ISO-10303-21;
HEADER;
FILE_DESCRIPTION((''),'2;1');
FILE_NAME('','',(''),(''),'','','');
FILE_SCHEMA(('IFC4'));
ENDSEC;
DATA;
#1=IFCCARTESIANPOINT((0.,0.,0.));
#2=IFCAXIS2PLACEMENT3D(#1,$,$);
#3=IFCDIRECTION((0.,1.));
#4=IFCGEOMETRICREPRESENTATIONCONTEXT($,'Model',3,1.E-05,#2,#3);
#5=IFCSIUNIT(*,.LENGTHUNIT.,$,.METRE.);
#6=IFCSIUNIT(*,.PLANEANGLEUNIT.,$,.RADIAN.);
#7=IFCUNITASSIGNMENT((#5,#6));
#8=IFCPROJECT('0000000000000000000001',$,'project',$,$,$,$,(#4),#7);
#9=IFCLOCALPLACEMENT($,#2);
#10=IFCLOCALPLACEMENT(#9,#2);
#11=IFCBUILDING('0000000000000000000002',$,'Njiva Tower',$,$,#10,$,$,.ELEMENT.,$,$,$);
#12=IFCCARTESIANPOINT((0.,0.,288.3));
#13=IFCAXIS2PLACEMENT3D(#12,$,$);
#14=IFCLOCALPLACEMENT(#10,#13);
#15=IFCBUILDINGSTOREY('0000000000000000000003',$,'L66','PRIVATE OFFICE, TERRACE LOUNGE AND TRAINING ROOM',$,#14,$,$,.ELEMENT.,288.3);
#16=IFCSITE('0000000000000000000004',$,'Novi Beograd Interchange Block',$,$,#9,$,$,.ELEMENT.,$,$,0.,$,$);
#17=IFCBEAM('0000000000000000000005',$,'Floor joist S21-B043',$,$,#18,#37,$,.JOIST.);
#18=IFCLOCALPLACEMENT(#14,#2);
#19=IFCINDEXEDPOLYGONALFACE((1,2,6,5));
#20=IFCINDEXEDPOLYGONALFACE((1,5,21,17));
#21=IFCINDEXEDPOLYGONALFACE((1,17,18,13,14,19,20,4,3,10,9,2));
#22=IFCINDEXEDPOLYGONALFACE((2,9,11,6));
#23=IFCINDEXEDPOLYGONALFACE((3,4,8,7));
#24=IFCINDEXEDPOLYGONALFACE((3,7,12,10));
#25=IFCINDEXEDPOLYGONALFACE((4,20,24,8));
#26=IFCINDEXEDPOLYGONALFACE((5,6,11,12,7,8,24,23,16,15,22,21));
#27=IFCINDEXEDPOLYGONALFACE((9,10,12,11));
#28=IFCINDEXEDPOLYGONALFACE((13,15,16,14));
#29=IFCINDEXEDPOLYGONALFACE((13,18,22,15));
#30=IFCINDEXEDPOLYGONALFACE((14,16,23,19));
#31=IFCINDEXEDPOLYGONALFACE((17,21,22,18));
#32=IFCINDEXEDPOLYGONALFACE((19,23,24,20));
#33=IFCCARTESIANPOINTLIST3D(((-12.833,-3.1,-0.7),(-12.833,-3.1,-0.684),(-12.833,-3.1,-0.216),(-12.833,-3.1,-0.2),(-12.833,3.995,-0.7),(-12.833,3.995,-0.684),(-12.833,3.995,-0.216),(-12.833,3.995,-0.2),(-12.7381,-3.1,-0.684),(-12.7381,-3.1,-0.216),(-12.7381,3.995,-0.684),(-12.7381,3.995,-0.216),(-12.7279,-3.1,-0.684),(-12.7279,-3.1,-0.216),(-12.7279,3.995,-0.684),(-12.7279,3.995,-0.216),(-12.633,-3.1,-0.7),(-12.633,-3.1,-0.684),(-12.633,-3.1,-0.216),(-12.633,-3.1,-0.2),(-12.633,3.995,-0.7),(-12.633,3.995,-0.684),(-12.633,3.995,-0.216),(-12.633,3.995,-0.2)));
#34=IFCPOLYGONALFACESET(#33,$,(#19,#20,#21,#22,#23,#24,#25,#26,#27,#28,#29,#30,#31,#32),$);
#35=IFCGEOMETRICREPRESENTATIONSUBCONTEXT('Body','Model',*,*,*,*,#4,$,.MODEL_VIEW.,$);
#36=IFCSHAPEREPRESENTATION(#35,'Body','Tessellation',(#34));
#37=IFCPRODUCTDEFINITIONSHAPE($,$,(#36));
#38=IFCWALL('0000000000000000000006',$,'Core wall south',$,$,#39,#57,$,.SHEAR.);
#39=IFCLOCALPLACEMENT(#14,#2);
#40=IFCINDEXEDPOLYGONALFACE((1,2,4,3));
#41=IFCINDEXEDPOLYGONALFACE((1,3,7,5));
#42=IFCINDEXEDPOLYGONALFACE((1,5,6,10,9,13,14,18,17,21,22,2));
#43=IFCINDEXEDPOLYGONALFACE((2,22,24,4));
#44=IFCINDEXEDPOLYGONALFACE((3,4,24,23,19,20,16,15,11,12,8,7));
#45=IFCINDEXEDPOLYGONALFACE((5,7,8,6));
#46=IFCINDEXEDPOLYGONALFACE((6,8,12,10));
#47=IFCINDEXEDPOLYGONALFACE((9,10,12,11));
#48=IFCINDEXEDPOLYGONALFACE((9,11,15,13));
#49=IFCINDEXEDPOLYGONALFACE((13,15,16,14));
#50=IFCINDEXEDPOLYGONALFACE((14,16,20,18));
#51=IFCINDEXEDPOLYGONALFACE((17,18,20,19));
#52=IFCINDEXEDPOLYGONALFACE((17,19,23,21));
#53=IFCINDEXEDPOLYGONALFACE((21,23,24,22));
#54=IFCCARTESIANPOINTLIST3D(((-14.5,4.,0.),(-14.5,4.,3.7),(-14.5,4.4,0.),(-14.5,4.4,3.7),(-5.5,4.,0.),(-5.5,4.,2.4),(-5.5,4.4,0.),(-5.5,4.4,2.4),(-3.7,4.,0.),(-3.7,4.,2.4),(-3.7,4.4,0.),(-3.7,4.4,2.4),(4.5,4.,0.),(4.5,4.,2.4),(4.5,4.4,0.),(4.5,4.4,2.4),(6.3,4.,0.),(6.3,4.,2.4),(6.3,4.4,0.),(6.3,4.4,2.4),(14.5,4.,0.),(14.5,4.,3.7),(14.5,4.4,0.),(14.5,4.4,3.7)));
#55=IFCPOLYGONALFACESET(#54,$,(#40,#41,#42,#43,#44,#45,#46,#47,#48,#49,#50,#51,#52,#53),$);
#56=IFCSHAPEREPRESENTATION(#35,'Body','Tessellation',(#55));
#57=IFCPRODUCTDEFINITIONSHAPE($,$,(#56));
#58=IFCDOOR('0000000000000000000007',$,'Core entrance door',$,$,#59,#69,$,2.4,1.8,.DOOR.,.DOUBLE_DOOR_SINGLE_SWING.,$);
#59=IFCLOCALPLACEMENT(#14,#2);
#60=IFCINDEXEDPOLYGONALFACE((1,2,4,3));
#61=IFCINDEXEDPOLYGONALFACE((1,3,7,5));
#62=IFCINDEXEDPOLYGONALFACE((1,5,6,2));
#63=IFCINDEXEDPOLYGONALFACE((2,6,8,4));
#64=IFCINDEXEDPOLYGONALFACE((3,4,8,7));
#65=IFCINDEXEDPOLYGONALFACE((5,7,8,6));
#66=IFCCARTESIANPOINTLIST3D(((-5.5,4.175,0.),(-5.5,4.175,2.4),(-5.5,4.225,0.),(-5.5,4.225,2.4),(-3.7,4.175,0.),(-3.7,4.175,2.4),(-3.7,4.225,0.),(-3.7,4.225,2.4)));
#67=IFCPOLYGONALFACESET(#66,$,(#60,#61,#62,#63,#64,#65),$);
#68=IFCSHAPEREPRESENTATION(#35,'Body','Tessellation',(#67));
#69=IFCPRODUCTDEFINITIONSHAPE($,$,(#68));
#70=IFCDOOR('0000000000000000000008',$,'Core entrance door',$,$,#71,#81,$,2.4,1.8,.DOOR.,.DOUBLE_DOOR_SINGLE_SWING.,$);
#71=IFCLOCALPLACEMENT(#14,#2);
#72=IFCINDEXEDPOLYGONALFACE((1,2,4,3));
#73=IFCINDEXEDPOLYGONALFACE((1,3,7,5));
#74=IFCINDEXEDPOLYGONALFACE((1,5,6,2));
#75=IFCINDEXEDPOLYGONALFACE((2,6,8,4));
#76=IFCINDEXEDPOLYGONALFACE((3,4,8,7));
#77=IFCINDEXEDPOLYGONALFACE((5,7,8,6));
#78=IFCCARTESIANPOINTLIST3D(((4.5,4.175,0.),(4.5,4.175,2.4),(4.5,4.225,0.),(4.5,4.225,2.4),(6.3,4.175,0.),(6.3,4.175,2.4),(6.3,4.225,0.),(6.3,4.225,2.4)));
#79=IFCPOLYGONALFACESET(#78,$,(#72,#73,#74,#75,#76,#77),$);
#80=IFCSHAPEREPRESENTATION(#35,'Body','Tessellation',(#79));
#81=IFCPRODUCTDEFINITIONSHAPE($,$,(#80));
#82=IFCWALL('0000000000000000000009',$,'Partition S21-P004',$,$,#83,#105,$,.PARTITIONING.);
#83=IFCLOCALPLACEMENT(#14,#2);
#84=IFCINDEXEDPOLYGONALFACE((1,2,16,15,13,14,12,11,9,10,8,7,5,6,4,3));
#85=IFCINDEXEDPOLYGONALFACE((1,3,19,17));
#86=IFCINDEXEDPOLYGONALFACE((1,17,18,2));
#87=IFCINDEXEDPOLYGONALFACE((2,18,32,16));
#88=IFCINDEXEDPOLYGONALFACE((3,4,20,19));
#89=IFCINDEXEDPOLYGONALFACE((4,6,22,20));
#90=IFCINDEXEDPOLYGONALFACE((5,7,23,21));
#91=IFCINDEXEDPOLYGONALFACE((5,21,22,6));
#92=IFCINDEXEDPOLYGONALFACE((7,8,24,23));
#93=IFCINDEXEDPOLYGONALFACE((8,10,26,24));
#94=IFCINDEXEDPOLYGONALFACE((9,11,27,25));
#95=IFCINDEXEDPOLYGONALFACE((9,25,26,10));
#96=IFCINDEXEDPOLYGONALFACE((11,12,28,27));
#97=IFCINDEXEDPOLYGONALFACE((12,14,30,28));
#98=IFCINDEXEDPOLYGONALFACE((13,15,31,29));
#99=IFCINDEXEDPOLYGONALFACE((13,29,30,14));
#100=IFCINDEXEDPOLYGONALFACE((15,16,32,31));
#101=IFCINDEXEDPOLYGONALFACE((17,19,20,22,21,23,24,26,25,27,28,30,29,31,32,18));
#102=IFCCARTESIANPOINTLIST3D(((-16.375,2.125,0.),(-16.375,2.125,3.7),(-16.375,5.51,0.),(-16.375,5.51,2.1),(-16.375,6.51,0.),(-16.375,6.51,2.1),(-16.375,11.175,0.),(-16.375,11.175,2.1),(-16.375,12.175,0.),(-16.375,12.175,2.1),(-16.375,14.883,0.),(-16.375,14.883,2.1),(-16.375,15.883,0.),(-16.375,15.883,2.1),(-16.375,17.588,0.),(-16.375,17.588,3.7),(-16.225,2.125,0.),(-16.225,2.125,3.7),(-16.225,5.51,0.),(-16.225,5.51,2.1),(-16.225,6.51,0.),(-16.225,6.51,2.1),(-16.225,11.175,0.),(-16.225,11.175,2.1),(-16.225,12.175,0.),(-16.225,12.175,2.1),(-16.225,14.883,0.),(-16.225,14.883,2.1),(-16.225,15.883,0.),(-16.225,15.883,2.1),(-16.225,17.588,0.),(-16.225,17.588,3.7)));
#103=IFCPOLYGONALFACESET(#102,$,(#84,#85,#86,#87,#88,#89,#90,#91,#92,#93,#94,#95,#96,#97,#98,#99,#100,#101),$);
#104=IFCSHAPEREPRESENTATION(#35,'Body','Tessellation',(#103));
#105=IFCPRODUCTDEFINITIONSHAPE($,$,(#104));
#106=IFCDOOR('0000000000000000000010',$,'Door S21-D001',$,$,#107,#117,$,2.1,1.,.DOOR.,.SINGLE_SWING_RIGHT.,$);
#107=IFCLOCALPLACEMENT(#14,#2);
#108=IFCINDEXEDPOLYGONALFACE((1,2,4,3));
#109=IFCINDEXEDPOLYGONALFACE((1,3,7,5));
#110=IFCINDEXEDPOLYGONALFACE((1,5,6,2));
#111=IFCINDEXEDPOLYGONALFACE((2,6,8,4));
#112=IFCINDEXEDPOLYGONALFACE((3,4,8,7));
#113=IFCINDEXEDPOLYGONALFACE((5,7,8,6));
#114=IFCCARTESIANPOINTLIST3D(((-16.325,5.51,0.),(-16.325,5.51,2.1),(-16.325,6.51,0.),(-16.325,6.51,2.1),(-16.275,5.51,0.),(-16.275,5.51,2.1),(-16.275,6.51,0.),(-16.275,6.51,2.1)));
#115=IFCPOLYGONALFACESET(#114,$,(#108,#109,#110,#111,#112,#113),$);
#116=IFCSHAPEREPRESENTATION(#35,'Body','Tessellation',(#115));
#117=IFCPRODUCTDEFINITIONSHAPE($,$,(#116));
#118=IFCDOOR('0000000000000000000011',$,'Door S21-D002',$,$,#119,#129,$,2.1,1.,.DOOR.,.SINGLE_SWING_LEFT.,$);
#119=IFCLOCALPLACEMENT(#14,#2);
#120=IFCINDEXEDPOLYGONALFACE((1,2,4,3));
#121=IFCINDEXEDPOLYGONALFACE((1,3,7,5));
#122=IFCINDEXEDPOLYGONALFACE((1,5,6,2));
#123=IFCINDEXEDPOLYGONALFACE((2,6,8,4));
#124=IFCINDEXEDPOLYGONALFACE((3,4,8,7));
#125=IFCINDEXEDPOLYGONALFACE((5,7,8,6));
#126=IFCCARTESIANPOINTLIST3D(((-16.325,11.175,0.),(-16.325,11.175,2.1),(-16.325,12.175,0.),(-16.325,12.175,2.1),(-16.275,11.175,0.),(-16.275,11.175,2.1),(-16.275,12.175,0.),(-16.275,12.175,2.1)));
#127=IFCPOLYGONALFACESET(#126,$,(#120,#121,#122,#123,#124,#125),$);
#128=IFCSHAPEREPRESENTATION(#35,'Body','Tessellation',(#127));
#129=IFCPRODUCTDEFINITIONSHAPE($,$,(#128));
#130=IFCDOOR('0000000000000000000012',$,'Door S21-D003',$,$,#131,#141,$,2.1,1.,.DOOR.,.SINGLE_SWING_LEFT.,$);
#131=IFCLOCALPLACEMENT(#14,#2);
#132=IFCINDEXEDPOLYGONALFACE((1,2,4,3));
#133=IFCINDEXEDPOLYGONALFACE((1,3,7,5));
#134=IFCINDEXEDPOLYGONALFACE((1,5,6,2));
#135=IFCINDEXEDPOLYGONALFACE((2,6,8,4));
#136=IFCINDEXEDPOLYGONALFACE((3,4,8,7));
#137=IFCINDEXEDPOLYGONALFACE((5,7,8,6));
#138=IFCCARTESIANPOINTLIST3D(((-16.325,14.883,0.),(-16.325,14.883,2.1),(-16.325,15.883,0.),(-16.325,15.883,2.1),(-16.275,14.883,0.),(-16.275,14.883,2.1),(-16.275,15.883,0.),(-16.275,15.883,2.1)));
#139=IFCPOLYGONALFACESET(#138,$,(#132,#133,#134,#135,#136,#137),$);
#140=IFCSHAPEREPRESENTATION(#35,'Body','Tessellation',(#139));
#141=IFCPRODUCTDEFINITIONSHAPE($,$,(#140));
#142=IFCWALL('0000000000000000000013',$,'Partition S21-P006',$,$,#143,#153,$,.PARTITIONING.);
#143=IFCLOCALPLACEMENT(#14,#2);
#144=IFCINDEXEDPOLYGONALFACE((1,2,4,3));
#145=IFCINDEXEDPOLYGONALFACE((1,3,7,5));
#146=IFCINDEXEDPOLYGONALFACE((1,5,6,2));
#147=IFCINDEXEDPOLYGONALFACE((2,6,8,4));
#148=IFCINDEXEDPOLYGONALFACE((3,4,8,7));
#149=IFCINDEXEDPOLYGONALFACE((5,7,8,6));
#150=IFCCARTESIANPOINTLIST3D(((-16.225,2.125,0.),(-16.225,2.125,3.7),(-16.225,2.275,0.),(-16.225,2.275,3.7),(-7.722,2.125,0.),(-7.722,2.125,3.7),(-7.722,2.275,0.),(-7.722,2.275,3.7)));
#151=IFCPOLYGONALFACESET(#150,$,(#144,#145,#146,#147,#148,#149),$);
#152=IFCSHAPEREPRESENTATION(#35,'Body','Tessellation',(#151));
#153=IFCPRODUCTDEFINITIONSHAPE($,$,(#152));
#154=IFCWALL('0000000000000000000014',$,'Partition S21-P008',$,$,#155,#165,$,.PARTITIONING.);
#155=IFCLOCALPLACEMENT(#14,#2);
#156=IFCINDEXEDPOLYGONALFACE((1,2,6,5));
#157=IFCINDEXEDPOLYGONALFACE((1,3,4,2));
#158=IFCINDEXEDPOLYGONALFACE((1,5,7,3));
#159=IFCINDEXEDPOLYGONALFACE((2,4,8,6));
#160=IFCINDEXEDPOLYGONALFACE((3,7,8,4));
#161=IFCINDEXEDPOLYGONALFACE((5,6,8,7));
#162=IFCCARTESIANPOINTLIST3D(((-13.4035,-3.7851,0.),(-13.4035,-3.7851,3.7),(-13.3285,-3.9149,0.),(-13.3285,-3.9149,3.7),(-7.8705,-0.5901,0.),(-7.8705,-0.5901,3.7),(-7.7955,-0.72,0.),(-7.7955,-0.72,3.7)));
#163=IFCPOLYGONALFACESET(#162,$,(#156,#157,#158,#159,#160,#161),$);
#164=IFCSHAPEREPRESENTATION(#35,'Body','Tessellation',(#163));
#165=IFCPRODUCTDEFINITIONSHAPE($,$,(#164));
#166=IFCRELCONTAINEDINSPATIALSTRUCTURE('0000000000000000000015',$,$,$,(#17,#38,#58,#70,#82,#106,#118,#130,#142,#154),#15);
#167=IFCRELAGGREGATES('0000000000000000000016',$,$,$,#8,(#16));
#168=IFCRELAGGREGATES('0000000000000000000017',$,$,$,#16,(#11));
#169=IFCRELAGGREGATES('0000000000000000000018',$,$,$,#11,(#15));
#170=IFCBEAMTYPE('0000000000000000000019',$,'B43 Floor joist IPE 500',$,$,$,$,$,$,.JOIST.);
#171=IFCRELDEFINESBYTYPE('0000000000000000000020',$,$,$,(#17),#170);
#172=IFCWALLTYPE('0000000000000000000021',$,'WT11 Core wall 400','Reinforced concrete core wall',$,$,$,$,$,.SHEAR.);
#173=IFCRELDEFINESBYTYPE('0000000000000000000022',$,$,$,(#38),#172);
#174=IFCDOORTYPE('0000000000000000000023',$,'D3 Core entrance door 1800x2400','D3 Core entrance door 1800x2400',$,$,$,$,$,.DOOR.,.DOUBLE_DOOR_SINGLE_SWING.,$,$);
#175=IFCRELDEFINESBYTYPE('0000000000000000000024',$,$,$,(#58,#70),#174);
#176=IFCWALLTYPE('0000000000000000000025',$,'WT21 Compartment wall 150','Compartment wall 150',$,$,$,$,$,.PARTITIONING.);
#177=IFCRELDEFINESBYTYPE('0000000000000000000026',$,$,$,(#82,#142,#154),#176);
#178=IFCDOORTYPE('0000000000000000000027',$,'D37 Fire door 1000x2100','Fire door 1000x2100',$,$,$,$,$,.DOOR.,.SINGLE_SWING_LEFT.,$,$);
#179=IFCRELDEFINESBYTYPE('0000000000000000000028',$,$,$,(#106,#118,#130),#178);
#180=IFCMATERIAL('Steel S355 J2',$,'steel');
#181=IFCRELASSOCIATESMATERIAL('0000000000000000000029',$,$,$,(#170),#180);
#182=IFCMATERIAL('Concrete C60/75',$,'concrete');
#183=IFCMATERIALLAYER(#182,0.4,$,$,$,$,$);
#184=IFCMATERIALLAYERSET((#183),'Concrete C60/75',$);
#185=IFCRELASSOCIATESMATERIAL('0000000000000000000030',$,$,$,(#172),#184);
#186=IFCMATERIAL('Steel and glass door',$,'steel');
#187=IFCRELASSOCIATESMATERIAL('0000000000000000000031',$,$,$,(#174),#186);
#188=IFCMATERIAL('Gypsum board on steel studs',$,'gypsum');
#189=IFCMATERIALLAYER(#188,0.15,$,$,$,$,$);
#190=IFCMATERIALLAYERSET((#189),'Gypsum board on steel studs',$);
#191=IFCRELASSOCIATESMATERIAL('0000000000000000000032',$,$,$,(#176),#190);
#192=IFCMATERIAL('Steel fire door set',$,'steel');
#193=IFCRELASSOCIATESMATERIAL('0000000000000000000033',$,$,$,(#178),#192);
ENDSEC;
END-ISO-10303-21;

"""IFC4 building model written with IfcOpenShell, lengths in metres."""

from ifc_helpers import new_model, si_unit, direction, frame, frame_2d, origin, origin_2d, place, context, subcontext, project, spatial, rectangle, i_section, extrude, material, layer, layer_set, material_profile, profile_set, type_object, element, fill, save


model = new_model("IFC4")

# Units and contexts
model_context = context("Model", 3, precision=1e-05, world=origin(), true_north=direction((0.0, 1.0)))
body_context = subcontext(model_context, "Body", "Model", "MODEL_VIEW")
ifc_project = project(units=[si_unit("LENGTHUNIT", "METRE"), si_unit("PLANEANGLEUNIT", "RADIAN")], contexts=[model_context])

# Site, building, storey
site_placement = place(None, origin())
site = spatial("IfcSite", under=ifc_project, at=site_placement, Name="Novi Beograd Interchange Block", CompositionType="ELEMENT", RefElevation=0.0)
building_placement = place(site_placement, origin())
building = spatial("IfcBuilding", under=site, at=building_placement, Name="Njiva Tower", CompositionType="ELEMENT")
storey_placement = place(building_placement, frame((0.0, 0.0, 288.3)))
storey = spatial("IfcBuildingStorey", under=building, at=storey_placement, Name="L66", Description="PRIVATE OFFICE, TERRACE LOUNGE AND TRAINING ROOM", CompositionType="ELEMENT", Elevation=288.3)

# Shared definitions
ifc_material_1 = material(Name="Steel S355 J2", Category="steel")

# Beam
ifc_material_profile_1 = material_profile(ifc_material_1, i_section(OverallWidth=0.2, OverallDepth=0.5, WebThickness=0.0102, FlangeThickness=0.016, at=origin_2d()), Name="IPE 500")
ifc_profile_set_1 = profile_set([ifc_material_profile_1], Name="Steel S355 J2")
beam_type_1 = type_object("IfcBeamType", Name="B43 Floor joist IPE 500", PredefinedType="JOIST", material=ifc_profile_set_1)
beam_1_placement = place(storey_placement, frame((-12.733, 3.995, -0.45), z_axis=(0.0, -1.0, 0.0), x_axis=(1.0, 0.0, 0.0)))
element("IfcBeam", 1, at=beam_1_placement, inside=storey, type_object=beam_type_1, Name="Floor joist S21-B043", PredefinedType="JOIST", context=body_context, shape_type="SweptSolid", body=[
    extrude(i_section(OverallWidth=0.2, OverallDepth=0.5, WebThickness=0.0102, FlangeThickness=0.016, at=origin_2d()), origin(), (0.0, 0.0, 1.0), 7.095),
])

# Walls, openings, doors
ifc_material_2 = material(Name="Concrete C60/75", Category="concrete")
ifc_layer_1 = layer(ifc_material_2, 0.4)
ifc_layer_set_1 = layer_set([ifc_layer_1], Name="Concrete C60/75")
wall_type_1 = type_object("IfcWallType", Name="WT11 Core wall 400", Description="Reinforced concrete core wall", PredefinedType="SHEAR", material=ifc_layer_set_1)
wall_1_placement = place(storey_placement, frame((-14.5, 4.2, 0.0), z_axis=(0.0, 0.0, 1.0), x_axis=(1.0, 0.0, 0.0)))
wall_1 = element("IfcWall", 2, at=wall_1_placement, inside=storey, type_object=wall_type_1, Name="Core wall south", PredefinedType="SHEAR", context=body_context, shape_type="SweptSolid", body=[
    extrude(rectangle(XDim=29.0, YDim=0.4, at=frame_2d((14.5, 0.0))), origin(), (0.0, 0.0, 1.0), 3.7),
])
opening_1_placement = place(wall_1_placement, frame((9.0, 0.0, 0.0)))
opening_1 = element("IfcOpeningElement", 3, at=opening_1_placement, cuts=wall_1, PredefinedType="OPENING", context=body_context, shape_type="SweptSolid", body=[
    extrude(rectangle(XDim=1.8, YDim=2.4, at=frame_2d((0.9, 1.2))), frame((0.0, 0.21, 0.0), z_axis=(0.0, -1.0, 0.0), x_axis=(1.0, 0.0, 0.0)), (0.0, 0.0, 1.0), 0.42),
])
opening_2_placement = place(wall_1_placement, frame((19.0, 0.0, 0.0)))
opening_2 = element("IfcOpeningElement", 4, at=opening_2_placement, cuts=wall_1, PredefinedType="OPENING", context=body_context, shape_type="SweptSolid", body=[
    extrude(rectangle(XDim=1.8, YDim=2.4, at=frame_2d((0.9, 1.2))), frame((0.0, 0.21, 0.0), z_axis=(0.0, -1.0, 0.0), x_axis=(1.0, 0.0, 0.0)), (0.0, 0.0, 1.0), 0.42),
])
ifc_material_3 = material(Name="Steel and glass door", Category="steel")
door_type_1 = type_object("IfcDoorType", Name="D3 Core entrance door 1800x2400", Description="D3 Core entrance door 1800x2400", OperationType="DOUBLE_DOOR_SINGLE_SWING", PredefinedType="DOOR", material=ifc_material_3)
door_1_placement = place(opening_1_placement, origin())
door_1 = element("IfcDoor", 5, at=door_1_placement, inside=storey, type_object=door_type_1, Name="Core entrance door", OperationType="DOUBLE_DOOR_SINGLE_SWING", OverallHeight=2.4, OverallWidth=1.8, PredefinedType="DOOR", context=body_context, shape_type="SweptSolid", body=[
    extrude(rectangle(XDim=1.8, YDim=2.4, at=frame_2d((0.9, 1.2))), frame((0.0, 0.025, 0.0), z_axis=(0.0, -1.0, 0.0), x_axis=(1.0, 0.0, 0.0)), (0.0, 0.0, 1.0), 0.05),
])
fill(opening_1, door_1)
door_2_placement = place(opening_2_placement, origin())
door_2 = element("IfcDoor", 6, at=door_2_placement, inside=storey, type_object=door_type_1, Name="Core entrance door", OperationType="DOUBLE_DOOR_SINGLE_SWING", OverallHeight=2.4, OverallWidth=1.8, PredefinedType="DOOR", context=body_context, shape_type="SweptSolid", body=[
    extrude(rectangle(XDim=1.8, YDim=2.4, at=frame_2d((0.9, 1.2))), frame((0.0, 0.025, 0.0), z_axis=(0.0, -1.0, 0.0), x_axis=(1.0, 0.0, 0.0)), (0.0, 0.0, 1.0), 0.05),
])
fill(opening_2, door_2)
ifc_material_4 = material(Name="Gypsum board on steel studs", Category="gypsum")
ifc_layer_2 = layer(ifc_material_4, 0.15)
ifc_layer_set_2 = layer_set([ifc_layer_2], Name="Gypsum board on steel studs")
wall_type_2 = type_object("IfcWallType", Name="WT21 Compartment wall 150", Description="Compartment wall 150", PredefinedType="PARTITIONING", material=ifc_layer_set_2)
wall_2_placement = place(storey_placement, frame((-16.3, 2.125, 0.0), z_axis=(0.0, 0.0, 1.0), x_axis=(0.0, 1.0, 0.0)))
wall_2 = element("IfcWall", 7, at=wall_2_placement, inside=storey, type_object=wall_type_2, Name="Partition S21-P004", PredefinedType="PARTITIONING", context=body_context, shape_type="SweptSolid", body=[
    extrude(rectangle(XDim=15.463, YDim=0.15, at=frame_2d((7.7315, 0.0))), origin(), (0.0, 0.0, 1.0), 3.7),
])
opening_3_placement = place(wall_2_placement, frame((3.385, 0.0, 0.0)))
opening_3 = element("IfcOpeningElement", 8, at=opening_3_placement, cuts=wall_2, PredefinedType="OPENING", context=body_context, shape_type="SweptSolid", body=[
    extrude(rectangle(XDim=1.0, YDim=2.1, at=frame_2d((0.5, 1.05))), frame((0.0, 0.085, 0.0), z_axis=(0.0, -1.0, 0.0), x_axis=(1.0, 0.0, 0.0)), (0.0, 0.0, 1.0), 0.17),
])
opening_4_placement = place(wall_2_placement, frame((9.05, 0.0, 0.0)))
opening_4 = element("IfcOpeningElement", 9, at=opening_4_placement, cuts=wall_2, PredefinedType="OPENING", context=body_context, shape_type="SweptSolid", body=[
    extrude(rectangle(XDim=1.0, YDim=2.1, at=frame_2d((0.5, 1.05))), frame((0.0, 0.085, 0.0), z_axis=(0.0, -1.0, 0.0), x_axis=(1.0, 0.0, 0.0)), (0.0, 0.0, 1.0), 0.17),
])
opening_5_placement = place(wall_2_placement, frame((12.758, 0.0, 0.0)))
opening_5 = element("IfcOpeningElement", 10, at=opening_5_placement, cuts=wall_2, PredefinedType="OPENING", context=body_context, shape_type="SweptSolid", body=[
    extrude(rectangle(XDim=1.0, YDim=2.1, at=frame_2d((0.5, 1.05))), frame((0.0, 0.085, 0.0), z_axis=(0.0, -1.0, 0.0), x_axis=(1.0, 0.0, 0.0)), (0.0, 0.0, 1.0), 0.17),
])
ifc_material_5 = material(Name="Steel fire door set", Category="steel")
door_type_2 = type_object("IfcDoorType", Name="D37 Fire door 1000x2100", Description="Fire door 1000x2100", OperationType="SINGLE_SWING_LEFT", PredefinedType="DOOR", material=ifc_material_5)
door_3_placement = place(opening_3_placement, origin())
door_3 = element("IfcDoor", 11, at=door_3_placement, inside=storey, type_object=door_type_2, Name="Door S21-D001", OperationType="SINGLE_SWING_RIGHT", OverallHeight=2.1, OverallWidth=1.0, PredefinedType="DOOR", context=body_context, shape_type="SweptSolid", body=[
    extrude(rectangle(XDim=1.0, YDim=2.1, at=frame_2d((0.5, 1.05))), frame((0.0, 0.025, 0.0), z_axis=(0.0, -1.0, 0.0), x_axis=(1.0, 0.0, 0.0)), (0.0, 0.0, 1.0), 0.05),
])
fill(opening_3, door_3)
door_4_placement = place(opening_4_placement, origin())
door_4 = element("IfcDoor", 12, at=door_4_placement, inside=storey, type_object=door_type_2, Name="Door S21-D002", OperationType="SINGLE_SWING_LEFT", OverallHeight=2.1, OverallWidth=1.0, PredefinedType="DOOR", context=body_context, shape_type="SweptSolid", body=[
    extrude(rectangle(XDim=1.0, YDim=2.1, at=frame_2d((0.5, 1.05))), frame((0.0, 0.025, 0.0), z_axis=(0.0, -1.0, 0.0), x_axis=(1.0, 0.0, 0.0)), (0.0, 0.0, 1.0), 0.05),
])
fill(opening_4, door_4)
door_5_placement = place(opening_5_placement, origin())
door_5 = element("IfcDoor", 13, at=door_5_placement, inside=storey, type_object=door_type_2, Name="Door S21-D003", OperationType="SINGLE_SWING_LEFT", OverallHeight=2.1, OverallWidth=1.0, PredefinedType="DOOR", context=body_context, shape_type="SweptSolid", body=[
    extrude(rectangle(XDim=1.0, YDim=2.1, at=frame_2d((0.5, 1.05))), frame((0.0, 0.025, 0.0), z_axis=(0.0, -1.0, 0.0), x_axis=(1.0, 0.0, 0.0)), (0.0, 0.0, 1.0), 0.05),
])
fill(opening_5, door_5)

# Walls
wall_3_placement = place(storey_placement, frame((-16.225, 2.2, 0.0), z_axis=(0.0, 0.0, 1.0), x_axis=(1.0, 0.0, 0.0)))
element("IfcWall", 14, at=wall_3_placement, inside=storey, type_object=wall_type_2, Name="Partition S21-P006", PredefinedType="PARTITIONING", context=body_context, shape_type="SweptSolid", body=[
    extrude(rectangle(XDim=8.503, YDim=0.15, at=frame_2d((4.2515, 0.0))), origin(), (0.0, 0.0, 1.0), 3.7),
])
wall_4_placement = place(storey_placement, frame((-13.366, -3.85, 0.0), z_axis=(0.0, 0.0, 1.0), x_axis=(0.86599, 0.500061, 0.0)))
element("IfcWall", 15, at=wall_4_placement, inside=storey, type_object=wall_type_2, Name="Partition S21-P008", PredefinedType="PARTITIONING", context=body_context, shape_type="SweptSolid", body=[
    extrude(rectangle(XDim=6.3892, YDim=0.15, at=frame_2d((3.1946, 0.0))), origin(), (0.0, 0.0, 1.0), 3.7),
])

save(model, "model.ifc")
